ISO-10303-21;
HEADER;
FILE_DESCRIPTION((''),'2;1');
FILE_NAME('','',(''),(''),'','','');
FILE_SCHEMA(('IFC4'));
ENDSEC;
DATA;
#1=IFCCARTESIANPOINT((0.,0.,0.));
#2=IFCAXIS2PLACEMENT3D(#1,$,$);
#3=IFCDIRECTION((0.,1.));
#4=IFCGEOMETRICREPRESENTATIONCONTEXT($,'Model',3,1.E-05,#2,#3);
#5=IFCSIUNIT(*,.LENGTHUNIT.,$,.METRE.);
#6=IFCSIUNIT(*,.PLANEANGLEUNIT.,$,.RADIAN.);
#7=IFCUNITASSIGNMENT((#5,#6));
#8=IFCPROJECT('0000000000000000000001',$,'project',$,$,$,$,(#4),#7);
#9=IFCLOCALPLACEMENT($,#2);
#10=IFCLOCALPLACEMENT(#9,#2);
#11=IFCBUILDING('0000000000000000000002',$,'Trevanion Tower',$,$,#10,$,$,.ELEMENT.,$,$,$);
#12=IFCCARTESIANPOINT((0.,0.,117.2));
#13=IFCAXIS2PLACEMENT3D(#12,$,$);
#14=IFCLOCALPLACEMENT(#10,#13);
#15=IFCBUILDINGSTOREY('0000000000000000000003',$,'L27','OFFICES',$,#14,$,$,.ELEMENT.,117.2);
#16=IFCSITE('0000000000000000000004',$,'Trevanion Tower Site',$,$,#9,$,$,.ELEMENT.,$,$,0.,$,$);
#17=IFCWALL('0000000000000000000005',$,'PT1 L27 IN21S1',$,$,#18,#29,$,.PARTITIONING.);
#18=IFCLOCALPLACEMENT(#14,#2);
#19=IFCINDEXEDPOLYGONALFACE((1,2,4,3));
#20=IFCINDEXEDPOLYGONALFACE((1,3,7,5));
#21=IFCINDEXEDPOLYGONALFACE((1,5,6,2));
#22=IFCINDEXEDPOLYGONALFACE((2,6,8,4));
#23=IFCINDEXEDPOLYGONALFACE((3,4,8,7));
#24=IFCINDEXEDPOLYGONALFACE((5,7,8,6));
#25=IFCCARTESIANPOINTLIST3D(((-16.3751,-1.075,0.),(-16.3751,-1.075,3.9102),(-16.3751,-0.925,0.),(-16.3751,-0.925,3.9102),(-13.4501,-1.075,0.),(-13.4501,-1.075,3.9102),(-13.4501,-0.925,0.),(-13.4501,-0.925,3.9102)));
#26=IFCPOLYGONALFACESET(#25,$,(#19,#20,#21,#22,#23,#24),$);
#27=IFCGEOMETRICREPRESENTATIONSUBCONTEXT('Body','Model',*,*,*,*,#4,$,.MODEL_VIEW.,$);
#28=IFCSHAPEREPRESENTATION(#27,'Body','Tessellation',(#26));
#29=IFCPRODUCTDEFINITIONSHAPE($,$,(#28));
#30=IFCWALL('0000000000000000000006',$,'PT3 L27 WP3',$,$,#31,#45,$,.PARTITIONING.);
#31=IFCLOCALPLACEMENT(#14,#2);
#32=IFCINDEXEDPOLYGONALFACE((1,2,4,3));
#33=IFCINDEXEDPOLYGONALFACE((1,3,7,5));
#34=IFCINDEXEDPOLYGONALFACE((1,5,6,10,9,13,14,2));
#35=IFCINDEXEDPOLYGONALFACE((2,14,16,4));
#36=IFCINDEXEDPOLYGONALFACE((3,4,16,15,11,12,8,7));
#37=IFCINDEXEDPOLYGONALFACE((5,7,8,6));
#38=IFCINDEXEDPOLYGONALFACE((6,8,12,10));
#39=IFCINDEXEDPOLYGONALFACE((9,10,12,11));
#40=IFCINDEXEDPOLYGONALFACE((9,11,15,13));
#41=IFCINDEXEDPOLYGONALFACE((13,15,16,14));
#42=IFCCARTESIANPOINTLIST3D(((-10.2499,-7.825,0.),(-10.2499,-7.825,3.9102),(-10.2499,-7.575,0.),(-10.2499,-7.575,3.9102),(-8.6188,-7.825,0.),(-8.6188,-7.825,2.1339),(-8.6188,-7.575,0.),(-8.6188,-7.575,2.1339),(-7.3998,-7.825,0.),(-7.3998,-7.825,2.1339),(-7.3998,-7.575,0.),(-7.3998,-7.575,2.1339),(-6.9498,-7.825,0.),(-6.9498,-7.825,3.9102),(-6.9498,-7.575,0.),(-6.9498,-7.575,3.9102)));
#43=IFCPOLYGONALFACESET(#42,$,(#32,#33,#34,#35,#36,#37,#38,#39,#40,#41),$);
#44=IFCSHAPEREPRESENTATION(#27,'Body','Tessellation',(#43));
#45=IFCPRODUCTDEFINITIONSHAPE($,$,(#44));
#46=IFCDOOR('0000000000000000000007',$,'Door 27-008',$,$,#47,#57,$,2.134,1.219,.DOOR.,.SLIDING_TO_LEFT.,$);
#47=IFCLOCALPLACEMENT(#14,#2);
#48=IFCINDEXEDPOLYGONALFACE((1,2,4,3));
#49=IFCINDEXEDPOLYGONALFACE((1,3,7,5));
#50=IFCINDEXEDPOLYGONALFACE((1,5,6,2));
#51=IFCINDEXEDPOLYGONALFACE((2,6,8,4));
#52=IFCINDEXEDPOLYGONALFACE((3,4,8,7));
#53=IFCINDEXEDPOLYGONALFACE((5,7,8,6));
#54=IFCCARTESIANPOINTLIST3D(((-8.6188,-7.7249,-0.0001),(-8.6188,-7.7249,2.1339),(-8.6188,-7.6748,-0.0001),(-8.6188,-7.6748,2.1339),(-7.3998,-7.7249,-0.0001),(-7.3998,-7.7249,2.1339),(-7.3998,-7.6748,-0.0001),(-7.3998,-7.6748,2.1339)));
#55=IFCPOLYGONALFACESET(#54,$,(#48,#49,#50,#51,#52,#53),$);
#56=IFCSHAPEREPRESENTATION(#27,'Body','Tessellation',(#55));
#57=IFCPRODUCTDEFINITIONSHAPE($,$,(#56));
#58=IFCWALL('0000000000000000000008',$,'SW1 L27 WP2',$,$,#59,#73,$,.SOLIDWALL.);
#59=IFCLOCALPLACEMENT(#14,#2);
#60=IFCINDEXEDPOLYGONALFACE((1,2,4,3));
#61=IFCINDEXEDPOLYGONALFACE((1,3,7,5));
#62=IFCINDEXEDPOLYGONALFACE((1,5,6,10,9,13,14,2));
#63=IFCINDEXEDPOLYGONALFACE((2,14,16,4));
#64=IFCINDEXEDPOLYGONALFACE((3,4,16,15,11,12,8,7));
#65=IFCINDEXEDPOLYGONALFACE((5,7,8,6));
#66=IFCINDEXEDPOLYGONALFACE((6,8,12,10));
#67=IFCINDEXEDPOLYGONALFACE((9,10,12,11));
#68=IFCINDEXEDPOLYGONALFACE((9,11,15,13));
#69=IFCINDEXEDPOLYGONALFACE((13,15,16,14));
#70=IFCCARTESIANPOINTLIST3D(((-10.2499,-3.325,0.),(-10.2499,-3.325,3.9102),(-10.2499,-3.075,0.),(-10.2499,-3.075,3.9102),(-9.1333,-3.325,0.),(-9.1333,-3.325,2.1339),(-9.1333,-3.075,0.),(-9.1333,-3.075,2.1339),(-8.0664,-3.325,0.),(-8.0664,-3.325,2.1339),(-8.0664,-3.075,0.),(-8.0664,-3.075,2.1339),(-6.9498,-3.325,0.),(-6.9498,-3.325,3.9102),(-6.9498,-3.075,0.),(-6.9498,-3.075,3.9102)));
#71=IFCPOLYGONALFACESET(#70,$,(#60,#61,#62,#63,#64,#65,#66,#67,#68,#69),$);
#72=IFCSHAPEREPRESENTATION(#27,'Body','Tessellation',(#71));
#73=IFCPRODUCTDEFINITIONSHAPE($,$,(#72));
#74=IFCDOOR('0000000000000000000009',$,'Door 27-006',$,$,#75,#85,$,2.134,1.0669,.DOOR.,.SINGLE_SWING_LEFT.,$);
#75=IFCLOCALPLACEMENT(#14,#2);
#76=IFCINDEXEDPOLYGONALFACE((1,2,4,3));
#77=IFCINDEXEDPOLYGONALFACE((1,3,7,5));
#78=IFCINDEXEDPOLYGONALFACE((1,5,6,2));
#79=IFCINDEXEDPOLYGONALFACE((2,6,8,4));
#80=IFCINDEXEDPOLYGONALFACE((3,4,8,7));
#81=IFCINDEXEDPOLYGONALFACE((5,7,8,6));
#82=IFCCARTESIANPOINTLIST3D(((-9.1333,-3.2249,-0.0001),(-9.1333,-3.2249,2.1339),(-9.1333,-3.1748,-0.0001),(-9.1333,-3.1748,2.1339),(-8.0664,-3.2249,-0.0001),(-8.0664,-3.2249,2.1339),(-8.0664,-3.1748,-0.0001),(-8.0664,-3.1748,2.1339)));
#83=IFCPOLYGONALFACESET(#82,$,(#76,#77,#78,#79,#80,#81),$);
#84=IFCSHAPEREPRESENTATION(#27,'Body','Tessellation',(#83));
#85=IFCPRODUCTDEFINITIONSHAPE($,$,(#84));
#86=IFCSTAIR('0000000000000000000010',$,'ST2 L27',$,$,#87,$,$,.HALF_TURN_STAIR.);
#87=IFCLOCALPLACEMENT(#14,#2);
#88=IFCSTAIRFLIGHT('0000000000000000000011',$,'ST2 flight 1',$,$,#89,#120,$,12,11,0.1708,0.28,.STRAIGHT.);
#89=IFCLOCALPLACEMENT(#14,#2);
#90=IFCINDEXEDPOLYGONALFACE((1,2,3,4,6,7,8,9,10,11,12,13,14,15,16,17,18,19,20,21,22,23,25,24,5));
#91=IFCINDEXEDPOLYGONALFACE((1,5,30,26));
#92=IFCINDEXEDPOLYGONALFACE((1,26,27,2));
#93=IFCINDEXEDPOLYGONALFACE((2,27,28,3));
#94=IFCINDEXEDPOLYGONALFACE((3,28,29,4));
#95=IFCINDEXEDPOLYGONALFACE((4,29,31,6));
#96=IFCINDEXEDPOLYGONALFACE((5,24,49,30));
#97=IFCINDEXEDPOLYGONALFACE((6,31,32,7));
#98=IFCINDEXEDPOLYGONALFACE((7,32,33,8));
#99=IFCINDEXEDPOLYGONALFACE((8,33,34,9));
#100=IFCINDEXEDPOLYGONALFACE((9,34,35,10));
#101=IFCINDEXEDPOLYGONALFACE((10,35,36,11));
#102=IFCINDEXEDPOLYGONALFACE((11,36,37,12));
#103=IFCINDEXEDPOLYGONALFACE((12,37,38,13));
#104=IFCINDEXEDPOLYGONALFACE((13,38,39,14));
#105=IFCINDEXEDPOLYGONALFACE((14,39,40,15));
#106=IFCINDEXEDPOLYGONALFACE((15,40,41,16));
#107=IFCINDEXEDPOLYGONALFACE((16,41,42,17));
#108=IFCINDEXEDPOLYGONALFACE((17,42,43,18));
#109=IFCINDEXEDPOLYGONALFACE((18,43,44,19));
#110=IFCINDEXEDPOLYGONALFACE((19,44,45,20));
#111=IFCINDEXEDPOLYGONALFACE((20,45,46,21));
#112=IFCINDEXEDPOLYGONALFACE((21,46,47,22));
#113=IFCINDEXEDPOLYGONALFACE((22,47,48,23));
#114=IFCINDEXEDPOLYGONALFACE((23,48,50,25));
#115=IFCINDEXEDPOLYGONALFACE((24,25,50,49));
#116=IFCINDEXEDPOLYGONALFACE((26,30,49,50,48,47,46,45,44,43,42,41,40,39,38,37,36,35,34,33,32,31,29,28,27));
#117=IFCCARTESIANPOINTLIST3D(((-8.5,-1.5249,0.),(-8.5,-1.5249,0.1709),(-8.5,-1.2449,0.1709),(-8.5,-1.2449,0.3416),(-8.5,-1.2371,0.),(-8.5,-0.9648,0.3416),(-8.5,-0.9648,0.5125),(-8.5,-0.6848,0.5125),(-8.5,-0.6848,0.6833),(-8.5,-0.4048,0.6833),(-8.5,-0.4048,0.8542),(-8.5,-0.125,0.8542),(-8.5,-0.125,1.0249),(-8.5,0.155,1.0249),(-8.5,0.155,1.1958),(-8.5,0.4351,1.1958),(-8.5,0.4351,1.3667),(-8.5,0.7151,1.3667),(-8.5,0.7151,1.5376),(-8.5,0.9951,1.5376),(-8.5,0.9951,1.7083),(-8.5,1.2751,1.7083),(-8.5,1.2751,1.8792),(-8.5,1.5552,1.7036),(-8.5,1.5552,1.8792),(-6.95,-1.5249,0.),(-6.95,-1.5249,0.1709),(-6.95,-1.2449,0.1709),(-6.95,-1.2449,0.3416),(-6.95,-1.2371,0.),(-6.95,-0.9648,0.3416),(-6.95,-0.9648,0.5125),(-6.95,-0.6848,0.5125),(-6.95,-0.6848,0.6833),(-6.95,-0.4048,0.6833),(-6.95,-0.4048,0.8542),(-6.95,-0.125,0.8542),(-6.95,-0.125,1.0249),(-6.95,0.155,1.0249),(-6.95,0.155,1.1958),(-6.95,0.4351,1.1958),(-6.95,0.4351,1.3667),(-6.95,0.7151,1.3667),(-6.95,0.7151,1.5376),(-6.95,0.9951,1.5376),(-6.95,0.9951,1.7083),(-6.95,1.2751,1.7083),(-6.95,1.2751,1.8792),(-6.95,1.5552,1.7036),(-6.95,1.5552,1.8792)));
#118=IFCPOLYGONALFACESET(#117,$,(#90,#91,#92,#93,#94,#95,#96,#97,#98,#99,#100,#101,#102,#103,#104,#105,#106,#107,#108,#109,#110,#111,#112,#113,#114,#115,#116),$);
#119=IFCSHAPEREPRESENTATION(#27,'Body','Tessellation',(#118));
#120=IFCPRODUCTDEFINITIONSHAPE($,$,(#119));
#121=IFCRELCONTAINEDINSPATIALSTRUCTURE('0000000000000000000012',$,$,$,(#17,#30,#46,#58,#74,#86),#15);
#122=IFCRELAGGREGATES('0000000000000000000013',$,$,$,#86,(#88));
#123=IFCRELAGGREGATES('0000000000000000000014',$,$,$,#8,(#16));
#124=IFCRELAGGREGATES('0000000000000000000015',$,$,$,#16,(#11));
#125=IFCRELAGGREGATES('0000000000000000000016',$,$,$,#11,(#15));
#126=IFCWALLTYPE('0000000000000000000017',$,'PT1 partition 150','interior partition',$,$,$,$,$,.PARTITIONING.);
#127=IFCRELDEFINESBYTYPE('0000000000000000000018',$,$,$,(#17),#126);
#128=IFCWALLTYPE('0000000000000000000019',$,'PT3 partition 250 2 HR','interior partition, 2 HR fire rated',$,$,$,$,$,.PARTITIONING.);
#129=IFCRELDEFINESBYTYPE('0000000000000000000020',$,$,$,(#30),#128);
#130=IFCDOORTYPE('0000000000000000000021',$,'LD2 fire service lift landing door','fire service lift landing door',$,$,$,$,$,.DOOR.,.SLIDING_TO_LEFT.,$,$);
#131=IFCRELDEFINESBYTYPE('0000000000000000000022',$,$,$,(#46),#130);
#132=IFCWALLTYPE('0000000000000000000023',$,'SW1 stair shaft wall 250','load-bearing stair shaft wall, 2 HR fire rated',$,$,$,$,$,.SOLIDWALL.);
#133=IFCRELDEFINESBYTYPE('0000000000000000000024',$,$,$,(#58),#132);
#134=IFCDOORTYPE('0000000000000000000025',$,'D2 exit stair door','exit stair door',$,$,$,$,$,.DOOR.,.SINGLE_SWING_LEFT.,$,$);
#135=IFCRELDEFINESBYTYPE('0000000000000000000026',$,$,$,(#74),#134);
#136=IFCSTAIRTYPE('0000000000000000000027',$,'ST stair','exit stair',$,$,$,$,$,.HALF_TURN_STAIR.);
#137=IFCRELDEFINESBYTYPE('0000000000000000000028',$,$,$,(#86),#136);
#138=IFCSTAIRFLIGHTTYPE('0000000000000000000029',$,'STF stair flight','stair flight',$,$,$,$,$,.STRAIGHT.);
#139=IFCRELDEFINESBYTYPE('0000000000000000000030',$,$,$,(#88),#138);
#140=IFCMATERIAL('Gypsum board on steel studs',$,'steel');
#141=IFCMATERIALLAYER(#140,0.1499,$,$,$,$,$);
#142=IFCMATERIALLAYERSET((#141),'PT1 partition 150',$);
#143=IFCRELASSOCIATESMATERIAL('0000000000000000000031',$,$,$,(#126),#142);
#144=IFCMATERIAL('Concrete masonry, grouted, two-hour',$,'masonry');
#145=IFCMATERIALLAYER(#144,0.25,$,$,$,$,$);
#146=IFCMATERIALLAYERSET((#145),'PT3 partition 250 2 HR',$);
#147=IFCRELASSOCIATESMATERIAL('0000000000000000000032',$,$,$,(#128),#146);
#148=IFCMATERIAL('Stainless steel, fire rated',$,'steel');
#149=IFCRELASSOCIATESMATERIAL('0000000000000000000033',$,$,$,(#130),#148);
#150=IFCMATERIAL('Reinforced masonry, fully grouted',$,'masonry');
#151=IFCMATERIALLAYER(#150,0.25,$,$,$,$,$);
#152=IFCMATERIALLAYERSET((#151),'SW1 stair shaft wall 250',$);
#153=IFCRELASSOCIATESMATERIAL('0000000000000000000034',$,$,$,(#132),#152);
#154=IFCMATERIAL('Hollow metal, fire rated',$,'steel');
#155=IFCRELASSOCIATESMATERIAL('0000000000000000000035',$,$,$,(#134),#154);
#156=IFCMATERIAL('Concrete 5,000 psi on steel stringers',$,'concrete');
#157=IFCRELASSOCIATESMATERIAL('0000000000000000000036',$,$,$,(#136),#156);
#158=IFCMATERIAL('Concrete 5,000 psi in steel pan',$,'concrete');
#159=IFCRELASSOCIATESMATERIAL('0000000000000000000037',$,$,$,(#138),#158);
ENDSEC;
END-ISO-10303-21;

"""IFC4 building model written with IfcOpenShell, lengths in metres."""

from ifc_helpers import new_model, si_unit, direction, frame, frame_2d, origin, place, context, subcontext, project, spatial, polyline, rectangle, outline, extrude, material, layer, layer_set, type_object, element, fill, aggregate, save


model = new_model("IFC4")

# Units and contexts
model_context = context("Model", 3, precision=1e-05, world=origin(), true_north=direction((0.0, 1.0)))
body_context = subcontext(model_context, "Body", "Model", "MODEL_VIEW")
ifc_project = project(units=[si_unit("LENGTHUNIT", "METRE"), si_unit("PLANEANGLEUNIT", "RADIAN")], contexts=[model_context])

# Site, building, storey
site_placement = place(None, origin())
site = spatial("IfcSite", under=ifc_project, at=site_placement, Name="Trevanion Tower Site", CompositionType="ELEMENT", RefElevation=0.0)
building_placement = place(site_placement, origin())
building = spatial("IfcBuilding", under=site, at=building_placement, Name="Trevanion Tower", CompositionType="ELEMENT")
storey_placement = place(building_placement, frame((0.0, 0.0, 117.2)))
storey = spatial("IfcBuildingStorey", under=building, at=storey_placement, Name="L27", Description="OFFICES", CompositionType="ELEMENT", Elevation=117.2)

# Wall
ifc_material_1 = material(Name="Gypsum board on steel studs", Category="steel")
ifc_layer_1 = layer(ifc_material_1, 0.1499)
ifc_layer_set_1 = layer_set([ifc_layer_1], Name="PT1 partition 150")
wall_type_1 = type_object("IfcWallType", Name="PT1 partition 150", Description="interior partition", PredefinedType="PARTITIONING", material=ifc_layer_set_1)
wall_1_placement = place(storey_placement, frame((-16.375, -1.0, 0.0), z_axis=(0.0, 0.0, 1.0), x_axis=(1.0, 0.0, 0.0)))
element("IfcWall", 1, at=wall_1_placement, inside=storey, type_object=wall_type_1, Name="PT1 L27 IN21S1", PredefinedType="PARTITIONING", context=body_context, shape_type="SweptSolid", body=[
    extrude(rectangle(XDim=2.925, YDim=0.1499, at=frame_2d((1.4624, 0.0))), origin(), (0.0, 0.0, 1.0), 3.9102),
])

# Walls, openings, doors
ifc_material_2 = material(Name="Concrete masonry, grouted, two-hour", Category="masonry")
ifc_layer_2 = layer(ifc_material_2, 0.25)
ifc_layer_set_2 = layer_set([ifc_layer_2], Name="PT3 partition 250 2 HR")
wall_type_2 = type_object("IfcWallType", Name="PT3 partition 250 2 HR", Description="interior partition, 2 HR fire rated", PredefinedType="PARTITIONING", material=ifc_layer_set_2)
wall_2_placement = place(storey_placement, frame((-6.95, -7.7, 0.0), z_axis=(0.0, 0.0, 1.0), x_axis=(-1.0, 0.0, 0.0)))
wall_2 = element("IfcWall", 2, at=wall_2_placement, inside=storey, type_object=wall_type_2, Name="PT3 L27 WP3", PredefinedType="PARTITIONING", context=body_context, shape_type="SweptSolid", body=[
    extrude(rectangle(XDim=3.3, YDim=0.25, at=frame_2d((1.6499, 0.0))), origin(), (0.0, 0.0, 1.0), 3.9102),
])
opening_1_placement = place(wall_2_placement, frame((0.45, 0.0, 0.0)))
opening_1 = element("IfcOpeningElement", 3, at=opening_1_placement, cuts=wall_2, PredefinedType="OPENING", context=body_context, shape_type="SweptSolid", body=[
    extrude(rectangle(XDim=1.219, YDim=2.134, at=frame_2d((0.6094, 1.0669))), frame((0.0, 0.135, 0.0), z_axis=(0.0, -1.0, 0.0), x_axis=(1.0, 0.0, 0.0)), (0.0, 0.0, 1.0), 0.27),
])
ifc_material_3 = material(Name="Stainless steel, fire rated", Category="steel")
door_type_1 = type_object("IfcDoorType", Name="LD2 fire service lift landing door", Description="fire service lift landing door", OperationType="SLIDING_TO_LEFT", PredefinedType="DOOR", material=ifc_material_3)
door_1_placement = place(opening_1_placement, origin())
door_1 = element("IfcDoor", 4, at=door_1_placement, inside=storey, type_object=door_type_1, Name="Door 27-008", OperationType="SLIDING_TO_LEFT", OverallHeight=2.134, OverallWidth=1.219, PredefinedType="DOOR", context=body_context, shape_type="SweptSolid", body=[
    extrude(rectangle(XDim=1.219, YDim=2.134, at=frame_2d((0.6094, 1.0669))), frame((0.0, 0.0249, 0.0), z_axis=(0.0, -1.0, 0.0), x_axis=(1.0, 0.0, 0.0)), (0.0, 0.0, 1.0), 0.05),
])
fill(opening_1, door_1)
ifc_material_4 = material(Name="Reinforced masonry, fully grouted", Category="masonry")
ifc_layer_3 = layer(ifc_material_4, 0.25)
ifc_layer_set_3 = layer_set([ifc_layer_3], Name="SW1 stair shaft wall 250")
wall_type_3 = type_object("IfcWallType", Name="SW1 stair shaft wall 250", Description="load-bearing stair shaft wall, 2 HR fire rated", PredefinedType="SOLIDWALL", material=ifc_layer_set_3)
wall_3_placement = place(storey_placement, frame((-6.95, -3.2, 0.0), z_axis=(0.0, 0.0, 1.0), x_axis=(-1.0, 0.0, 0.0)))
wall_3 = element("IfcWall", 5, at=wall_3_placement, inside=storey, type_object=wall_type_3, Name="SW1 L27 WP2", PredefinedType="SOLIDWALL", context=body_context, shape_type="SweptSolid", body=[
    extrude(rectangle(XDim=3.3, YDim=0.25, at=frame_2d((1.6499, 0.0))), origin(), (0.0, 0.0, 1.0), 3.9102),
])
opening_2_placement = place(wall_3_placement, frame((1.1165, 0.0, 0.0)))
opening_2 = element("IfcOpeningElement", 6, at=opening_2_placement, cuts=wall_3, PredefinedType="OPENING", context=body_context, shape_type="SweptSolid", body=[
    extrude(rectangle(XDim=1.0669, YDim=2.134, at=frame_2d((0.5334, 1.0669))), frame((0.0, 0.135, 0.0), z_axis=(0.0, -1.0, 0.0), x_axis=(1.0, 0.0, 0.0)), (0.0, 0.0, 1.0), 0.27),
])
ifc_material_5 = material(Name="Hollow metal, fire rated", Category="steel")
door_type_2 = type_object("IfcDoorType", Name="D2 exit stair door", Description="exit stair door", OperationType="SINGLE_SWING_LEFT", PredefinedType="DOOR", material=ifc_material_5)
door_2_placement = place(opening_2_placement, origin())
door_2 = element("IfcDoor", 7, at=door_2_placement, inside=storey, type_object=door_type_2, Name="Door 27-006", OperationType="SINGLE_SWING_LEFT", OverallHeight=2.134, OverallWidth=1.0669, PredefinedType="DOOR", context=body_context, shape_type="SweptSolid", body=[
    extrude(rectangle(XDim=1.0669, YDim=2.134, at=frame_2d((0.5334, 1.0669))), frame((0.0, 0.0249, 0.0), z_axis=(0.0, -1.0, 0.0), x_axis=(1.0, 0.0, 0.0)), (0.0, 0.0, 1.0), 0.05),
])
fill(opening_2, door_2)

# Stair, stair flight
ifc_material_6 = material(Name="Concrete 5,000 psi on steel stringers", Category="concrete")
stair_type = type_object("IfcStairType", Name="ST stair", Description="exit stair", PredefinedType="HALF_TURN_STAIR", material=ifc_material_6)
stair_placement = place(storey_placement, origin())
stair = element("IfcStair", 8, at=stair_placement, inside=storey, type_object=stair_type, Name="ST2 L27", PredefinedType="HALF_TURN_STAIR")
ifc_material_7 = material(Name="Concrete 5,000 psi in steel pan", Category="concrete")
stair_flight_type = type_object("IfcStairFlightType", Name="STF stair flight", Description="stair flight", PredefinedType="STRAIGHT", material=ifc_material_7)
stair_flight_placement = place(storey_placement, frame((-7.7251, -1.5249, 0.0), z_axis=(0.0, 0.0, 1.0), x_axis=(0.0, 1.0, 0.0)))
stair_flight = element("IfcStairFlight", 9, at=stair_flight_placement, type_object=stair_flight_type, Name="ST2 flight 1", NumberOfRisers=12, NumberOfTreads=11, PredefinedType="STRAIGHT", RiserHeight=0.1708, TreadLength=0.28, context=body_context, shape_type="SweptSolid", body=[
    extrude(outline(polyline([(0.0, 0.0), (0.0, 0.1709), (0.28, 0.1709), (0.28, 0.3416), (0.5601, 0.3416), (0.5601, 0.5125), (0.8401, 0.5125), (0.8401, 0.6833), (1.1201, 0.6833), (1.1201, 0.8542), (1.3999, 0.8542), (1.3999, 1.0249), (1.6799, 1.0249), (1.6799, 1.1958), (1.96, 1.1958), (1.96, 1.3667), (2.24, 1.3667), (2.24, 1.5376), (2.52, 1.5376), (2.52, 1.7083), (2.8, 1.7083), (2.8, 1.8792), (3.0801, 1.8792), (3.0801, 2.05), (3.0801, 1.7036), (0.2878, 0.0), (0.0, 0.0)])), frame((0.0, 0.7749, 0.0), z_axis=(0.0, -1.0, 0.0), x_axis=(1.0, 0.0, 0.0)), (0.0, 0.0, 1.0), 1.55),
])
aggregate(stair, [stair_flight])

save(model, "model.ifc")
